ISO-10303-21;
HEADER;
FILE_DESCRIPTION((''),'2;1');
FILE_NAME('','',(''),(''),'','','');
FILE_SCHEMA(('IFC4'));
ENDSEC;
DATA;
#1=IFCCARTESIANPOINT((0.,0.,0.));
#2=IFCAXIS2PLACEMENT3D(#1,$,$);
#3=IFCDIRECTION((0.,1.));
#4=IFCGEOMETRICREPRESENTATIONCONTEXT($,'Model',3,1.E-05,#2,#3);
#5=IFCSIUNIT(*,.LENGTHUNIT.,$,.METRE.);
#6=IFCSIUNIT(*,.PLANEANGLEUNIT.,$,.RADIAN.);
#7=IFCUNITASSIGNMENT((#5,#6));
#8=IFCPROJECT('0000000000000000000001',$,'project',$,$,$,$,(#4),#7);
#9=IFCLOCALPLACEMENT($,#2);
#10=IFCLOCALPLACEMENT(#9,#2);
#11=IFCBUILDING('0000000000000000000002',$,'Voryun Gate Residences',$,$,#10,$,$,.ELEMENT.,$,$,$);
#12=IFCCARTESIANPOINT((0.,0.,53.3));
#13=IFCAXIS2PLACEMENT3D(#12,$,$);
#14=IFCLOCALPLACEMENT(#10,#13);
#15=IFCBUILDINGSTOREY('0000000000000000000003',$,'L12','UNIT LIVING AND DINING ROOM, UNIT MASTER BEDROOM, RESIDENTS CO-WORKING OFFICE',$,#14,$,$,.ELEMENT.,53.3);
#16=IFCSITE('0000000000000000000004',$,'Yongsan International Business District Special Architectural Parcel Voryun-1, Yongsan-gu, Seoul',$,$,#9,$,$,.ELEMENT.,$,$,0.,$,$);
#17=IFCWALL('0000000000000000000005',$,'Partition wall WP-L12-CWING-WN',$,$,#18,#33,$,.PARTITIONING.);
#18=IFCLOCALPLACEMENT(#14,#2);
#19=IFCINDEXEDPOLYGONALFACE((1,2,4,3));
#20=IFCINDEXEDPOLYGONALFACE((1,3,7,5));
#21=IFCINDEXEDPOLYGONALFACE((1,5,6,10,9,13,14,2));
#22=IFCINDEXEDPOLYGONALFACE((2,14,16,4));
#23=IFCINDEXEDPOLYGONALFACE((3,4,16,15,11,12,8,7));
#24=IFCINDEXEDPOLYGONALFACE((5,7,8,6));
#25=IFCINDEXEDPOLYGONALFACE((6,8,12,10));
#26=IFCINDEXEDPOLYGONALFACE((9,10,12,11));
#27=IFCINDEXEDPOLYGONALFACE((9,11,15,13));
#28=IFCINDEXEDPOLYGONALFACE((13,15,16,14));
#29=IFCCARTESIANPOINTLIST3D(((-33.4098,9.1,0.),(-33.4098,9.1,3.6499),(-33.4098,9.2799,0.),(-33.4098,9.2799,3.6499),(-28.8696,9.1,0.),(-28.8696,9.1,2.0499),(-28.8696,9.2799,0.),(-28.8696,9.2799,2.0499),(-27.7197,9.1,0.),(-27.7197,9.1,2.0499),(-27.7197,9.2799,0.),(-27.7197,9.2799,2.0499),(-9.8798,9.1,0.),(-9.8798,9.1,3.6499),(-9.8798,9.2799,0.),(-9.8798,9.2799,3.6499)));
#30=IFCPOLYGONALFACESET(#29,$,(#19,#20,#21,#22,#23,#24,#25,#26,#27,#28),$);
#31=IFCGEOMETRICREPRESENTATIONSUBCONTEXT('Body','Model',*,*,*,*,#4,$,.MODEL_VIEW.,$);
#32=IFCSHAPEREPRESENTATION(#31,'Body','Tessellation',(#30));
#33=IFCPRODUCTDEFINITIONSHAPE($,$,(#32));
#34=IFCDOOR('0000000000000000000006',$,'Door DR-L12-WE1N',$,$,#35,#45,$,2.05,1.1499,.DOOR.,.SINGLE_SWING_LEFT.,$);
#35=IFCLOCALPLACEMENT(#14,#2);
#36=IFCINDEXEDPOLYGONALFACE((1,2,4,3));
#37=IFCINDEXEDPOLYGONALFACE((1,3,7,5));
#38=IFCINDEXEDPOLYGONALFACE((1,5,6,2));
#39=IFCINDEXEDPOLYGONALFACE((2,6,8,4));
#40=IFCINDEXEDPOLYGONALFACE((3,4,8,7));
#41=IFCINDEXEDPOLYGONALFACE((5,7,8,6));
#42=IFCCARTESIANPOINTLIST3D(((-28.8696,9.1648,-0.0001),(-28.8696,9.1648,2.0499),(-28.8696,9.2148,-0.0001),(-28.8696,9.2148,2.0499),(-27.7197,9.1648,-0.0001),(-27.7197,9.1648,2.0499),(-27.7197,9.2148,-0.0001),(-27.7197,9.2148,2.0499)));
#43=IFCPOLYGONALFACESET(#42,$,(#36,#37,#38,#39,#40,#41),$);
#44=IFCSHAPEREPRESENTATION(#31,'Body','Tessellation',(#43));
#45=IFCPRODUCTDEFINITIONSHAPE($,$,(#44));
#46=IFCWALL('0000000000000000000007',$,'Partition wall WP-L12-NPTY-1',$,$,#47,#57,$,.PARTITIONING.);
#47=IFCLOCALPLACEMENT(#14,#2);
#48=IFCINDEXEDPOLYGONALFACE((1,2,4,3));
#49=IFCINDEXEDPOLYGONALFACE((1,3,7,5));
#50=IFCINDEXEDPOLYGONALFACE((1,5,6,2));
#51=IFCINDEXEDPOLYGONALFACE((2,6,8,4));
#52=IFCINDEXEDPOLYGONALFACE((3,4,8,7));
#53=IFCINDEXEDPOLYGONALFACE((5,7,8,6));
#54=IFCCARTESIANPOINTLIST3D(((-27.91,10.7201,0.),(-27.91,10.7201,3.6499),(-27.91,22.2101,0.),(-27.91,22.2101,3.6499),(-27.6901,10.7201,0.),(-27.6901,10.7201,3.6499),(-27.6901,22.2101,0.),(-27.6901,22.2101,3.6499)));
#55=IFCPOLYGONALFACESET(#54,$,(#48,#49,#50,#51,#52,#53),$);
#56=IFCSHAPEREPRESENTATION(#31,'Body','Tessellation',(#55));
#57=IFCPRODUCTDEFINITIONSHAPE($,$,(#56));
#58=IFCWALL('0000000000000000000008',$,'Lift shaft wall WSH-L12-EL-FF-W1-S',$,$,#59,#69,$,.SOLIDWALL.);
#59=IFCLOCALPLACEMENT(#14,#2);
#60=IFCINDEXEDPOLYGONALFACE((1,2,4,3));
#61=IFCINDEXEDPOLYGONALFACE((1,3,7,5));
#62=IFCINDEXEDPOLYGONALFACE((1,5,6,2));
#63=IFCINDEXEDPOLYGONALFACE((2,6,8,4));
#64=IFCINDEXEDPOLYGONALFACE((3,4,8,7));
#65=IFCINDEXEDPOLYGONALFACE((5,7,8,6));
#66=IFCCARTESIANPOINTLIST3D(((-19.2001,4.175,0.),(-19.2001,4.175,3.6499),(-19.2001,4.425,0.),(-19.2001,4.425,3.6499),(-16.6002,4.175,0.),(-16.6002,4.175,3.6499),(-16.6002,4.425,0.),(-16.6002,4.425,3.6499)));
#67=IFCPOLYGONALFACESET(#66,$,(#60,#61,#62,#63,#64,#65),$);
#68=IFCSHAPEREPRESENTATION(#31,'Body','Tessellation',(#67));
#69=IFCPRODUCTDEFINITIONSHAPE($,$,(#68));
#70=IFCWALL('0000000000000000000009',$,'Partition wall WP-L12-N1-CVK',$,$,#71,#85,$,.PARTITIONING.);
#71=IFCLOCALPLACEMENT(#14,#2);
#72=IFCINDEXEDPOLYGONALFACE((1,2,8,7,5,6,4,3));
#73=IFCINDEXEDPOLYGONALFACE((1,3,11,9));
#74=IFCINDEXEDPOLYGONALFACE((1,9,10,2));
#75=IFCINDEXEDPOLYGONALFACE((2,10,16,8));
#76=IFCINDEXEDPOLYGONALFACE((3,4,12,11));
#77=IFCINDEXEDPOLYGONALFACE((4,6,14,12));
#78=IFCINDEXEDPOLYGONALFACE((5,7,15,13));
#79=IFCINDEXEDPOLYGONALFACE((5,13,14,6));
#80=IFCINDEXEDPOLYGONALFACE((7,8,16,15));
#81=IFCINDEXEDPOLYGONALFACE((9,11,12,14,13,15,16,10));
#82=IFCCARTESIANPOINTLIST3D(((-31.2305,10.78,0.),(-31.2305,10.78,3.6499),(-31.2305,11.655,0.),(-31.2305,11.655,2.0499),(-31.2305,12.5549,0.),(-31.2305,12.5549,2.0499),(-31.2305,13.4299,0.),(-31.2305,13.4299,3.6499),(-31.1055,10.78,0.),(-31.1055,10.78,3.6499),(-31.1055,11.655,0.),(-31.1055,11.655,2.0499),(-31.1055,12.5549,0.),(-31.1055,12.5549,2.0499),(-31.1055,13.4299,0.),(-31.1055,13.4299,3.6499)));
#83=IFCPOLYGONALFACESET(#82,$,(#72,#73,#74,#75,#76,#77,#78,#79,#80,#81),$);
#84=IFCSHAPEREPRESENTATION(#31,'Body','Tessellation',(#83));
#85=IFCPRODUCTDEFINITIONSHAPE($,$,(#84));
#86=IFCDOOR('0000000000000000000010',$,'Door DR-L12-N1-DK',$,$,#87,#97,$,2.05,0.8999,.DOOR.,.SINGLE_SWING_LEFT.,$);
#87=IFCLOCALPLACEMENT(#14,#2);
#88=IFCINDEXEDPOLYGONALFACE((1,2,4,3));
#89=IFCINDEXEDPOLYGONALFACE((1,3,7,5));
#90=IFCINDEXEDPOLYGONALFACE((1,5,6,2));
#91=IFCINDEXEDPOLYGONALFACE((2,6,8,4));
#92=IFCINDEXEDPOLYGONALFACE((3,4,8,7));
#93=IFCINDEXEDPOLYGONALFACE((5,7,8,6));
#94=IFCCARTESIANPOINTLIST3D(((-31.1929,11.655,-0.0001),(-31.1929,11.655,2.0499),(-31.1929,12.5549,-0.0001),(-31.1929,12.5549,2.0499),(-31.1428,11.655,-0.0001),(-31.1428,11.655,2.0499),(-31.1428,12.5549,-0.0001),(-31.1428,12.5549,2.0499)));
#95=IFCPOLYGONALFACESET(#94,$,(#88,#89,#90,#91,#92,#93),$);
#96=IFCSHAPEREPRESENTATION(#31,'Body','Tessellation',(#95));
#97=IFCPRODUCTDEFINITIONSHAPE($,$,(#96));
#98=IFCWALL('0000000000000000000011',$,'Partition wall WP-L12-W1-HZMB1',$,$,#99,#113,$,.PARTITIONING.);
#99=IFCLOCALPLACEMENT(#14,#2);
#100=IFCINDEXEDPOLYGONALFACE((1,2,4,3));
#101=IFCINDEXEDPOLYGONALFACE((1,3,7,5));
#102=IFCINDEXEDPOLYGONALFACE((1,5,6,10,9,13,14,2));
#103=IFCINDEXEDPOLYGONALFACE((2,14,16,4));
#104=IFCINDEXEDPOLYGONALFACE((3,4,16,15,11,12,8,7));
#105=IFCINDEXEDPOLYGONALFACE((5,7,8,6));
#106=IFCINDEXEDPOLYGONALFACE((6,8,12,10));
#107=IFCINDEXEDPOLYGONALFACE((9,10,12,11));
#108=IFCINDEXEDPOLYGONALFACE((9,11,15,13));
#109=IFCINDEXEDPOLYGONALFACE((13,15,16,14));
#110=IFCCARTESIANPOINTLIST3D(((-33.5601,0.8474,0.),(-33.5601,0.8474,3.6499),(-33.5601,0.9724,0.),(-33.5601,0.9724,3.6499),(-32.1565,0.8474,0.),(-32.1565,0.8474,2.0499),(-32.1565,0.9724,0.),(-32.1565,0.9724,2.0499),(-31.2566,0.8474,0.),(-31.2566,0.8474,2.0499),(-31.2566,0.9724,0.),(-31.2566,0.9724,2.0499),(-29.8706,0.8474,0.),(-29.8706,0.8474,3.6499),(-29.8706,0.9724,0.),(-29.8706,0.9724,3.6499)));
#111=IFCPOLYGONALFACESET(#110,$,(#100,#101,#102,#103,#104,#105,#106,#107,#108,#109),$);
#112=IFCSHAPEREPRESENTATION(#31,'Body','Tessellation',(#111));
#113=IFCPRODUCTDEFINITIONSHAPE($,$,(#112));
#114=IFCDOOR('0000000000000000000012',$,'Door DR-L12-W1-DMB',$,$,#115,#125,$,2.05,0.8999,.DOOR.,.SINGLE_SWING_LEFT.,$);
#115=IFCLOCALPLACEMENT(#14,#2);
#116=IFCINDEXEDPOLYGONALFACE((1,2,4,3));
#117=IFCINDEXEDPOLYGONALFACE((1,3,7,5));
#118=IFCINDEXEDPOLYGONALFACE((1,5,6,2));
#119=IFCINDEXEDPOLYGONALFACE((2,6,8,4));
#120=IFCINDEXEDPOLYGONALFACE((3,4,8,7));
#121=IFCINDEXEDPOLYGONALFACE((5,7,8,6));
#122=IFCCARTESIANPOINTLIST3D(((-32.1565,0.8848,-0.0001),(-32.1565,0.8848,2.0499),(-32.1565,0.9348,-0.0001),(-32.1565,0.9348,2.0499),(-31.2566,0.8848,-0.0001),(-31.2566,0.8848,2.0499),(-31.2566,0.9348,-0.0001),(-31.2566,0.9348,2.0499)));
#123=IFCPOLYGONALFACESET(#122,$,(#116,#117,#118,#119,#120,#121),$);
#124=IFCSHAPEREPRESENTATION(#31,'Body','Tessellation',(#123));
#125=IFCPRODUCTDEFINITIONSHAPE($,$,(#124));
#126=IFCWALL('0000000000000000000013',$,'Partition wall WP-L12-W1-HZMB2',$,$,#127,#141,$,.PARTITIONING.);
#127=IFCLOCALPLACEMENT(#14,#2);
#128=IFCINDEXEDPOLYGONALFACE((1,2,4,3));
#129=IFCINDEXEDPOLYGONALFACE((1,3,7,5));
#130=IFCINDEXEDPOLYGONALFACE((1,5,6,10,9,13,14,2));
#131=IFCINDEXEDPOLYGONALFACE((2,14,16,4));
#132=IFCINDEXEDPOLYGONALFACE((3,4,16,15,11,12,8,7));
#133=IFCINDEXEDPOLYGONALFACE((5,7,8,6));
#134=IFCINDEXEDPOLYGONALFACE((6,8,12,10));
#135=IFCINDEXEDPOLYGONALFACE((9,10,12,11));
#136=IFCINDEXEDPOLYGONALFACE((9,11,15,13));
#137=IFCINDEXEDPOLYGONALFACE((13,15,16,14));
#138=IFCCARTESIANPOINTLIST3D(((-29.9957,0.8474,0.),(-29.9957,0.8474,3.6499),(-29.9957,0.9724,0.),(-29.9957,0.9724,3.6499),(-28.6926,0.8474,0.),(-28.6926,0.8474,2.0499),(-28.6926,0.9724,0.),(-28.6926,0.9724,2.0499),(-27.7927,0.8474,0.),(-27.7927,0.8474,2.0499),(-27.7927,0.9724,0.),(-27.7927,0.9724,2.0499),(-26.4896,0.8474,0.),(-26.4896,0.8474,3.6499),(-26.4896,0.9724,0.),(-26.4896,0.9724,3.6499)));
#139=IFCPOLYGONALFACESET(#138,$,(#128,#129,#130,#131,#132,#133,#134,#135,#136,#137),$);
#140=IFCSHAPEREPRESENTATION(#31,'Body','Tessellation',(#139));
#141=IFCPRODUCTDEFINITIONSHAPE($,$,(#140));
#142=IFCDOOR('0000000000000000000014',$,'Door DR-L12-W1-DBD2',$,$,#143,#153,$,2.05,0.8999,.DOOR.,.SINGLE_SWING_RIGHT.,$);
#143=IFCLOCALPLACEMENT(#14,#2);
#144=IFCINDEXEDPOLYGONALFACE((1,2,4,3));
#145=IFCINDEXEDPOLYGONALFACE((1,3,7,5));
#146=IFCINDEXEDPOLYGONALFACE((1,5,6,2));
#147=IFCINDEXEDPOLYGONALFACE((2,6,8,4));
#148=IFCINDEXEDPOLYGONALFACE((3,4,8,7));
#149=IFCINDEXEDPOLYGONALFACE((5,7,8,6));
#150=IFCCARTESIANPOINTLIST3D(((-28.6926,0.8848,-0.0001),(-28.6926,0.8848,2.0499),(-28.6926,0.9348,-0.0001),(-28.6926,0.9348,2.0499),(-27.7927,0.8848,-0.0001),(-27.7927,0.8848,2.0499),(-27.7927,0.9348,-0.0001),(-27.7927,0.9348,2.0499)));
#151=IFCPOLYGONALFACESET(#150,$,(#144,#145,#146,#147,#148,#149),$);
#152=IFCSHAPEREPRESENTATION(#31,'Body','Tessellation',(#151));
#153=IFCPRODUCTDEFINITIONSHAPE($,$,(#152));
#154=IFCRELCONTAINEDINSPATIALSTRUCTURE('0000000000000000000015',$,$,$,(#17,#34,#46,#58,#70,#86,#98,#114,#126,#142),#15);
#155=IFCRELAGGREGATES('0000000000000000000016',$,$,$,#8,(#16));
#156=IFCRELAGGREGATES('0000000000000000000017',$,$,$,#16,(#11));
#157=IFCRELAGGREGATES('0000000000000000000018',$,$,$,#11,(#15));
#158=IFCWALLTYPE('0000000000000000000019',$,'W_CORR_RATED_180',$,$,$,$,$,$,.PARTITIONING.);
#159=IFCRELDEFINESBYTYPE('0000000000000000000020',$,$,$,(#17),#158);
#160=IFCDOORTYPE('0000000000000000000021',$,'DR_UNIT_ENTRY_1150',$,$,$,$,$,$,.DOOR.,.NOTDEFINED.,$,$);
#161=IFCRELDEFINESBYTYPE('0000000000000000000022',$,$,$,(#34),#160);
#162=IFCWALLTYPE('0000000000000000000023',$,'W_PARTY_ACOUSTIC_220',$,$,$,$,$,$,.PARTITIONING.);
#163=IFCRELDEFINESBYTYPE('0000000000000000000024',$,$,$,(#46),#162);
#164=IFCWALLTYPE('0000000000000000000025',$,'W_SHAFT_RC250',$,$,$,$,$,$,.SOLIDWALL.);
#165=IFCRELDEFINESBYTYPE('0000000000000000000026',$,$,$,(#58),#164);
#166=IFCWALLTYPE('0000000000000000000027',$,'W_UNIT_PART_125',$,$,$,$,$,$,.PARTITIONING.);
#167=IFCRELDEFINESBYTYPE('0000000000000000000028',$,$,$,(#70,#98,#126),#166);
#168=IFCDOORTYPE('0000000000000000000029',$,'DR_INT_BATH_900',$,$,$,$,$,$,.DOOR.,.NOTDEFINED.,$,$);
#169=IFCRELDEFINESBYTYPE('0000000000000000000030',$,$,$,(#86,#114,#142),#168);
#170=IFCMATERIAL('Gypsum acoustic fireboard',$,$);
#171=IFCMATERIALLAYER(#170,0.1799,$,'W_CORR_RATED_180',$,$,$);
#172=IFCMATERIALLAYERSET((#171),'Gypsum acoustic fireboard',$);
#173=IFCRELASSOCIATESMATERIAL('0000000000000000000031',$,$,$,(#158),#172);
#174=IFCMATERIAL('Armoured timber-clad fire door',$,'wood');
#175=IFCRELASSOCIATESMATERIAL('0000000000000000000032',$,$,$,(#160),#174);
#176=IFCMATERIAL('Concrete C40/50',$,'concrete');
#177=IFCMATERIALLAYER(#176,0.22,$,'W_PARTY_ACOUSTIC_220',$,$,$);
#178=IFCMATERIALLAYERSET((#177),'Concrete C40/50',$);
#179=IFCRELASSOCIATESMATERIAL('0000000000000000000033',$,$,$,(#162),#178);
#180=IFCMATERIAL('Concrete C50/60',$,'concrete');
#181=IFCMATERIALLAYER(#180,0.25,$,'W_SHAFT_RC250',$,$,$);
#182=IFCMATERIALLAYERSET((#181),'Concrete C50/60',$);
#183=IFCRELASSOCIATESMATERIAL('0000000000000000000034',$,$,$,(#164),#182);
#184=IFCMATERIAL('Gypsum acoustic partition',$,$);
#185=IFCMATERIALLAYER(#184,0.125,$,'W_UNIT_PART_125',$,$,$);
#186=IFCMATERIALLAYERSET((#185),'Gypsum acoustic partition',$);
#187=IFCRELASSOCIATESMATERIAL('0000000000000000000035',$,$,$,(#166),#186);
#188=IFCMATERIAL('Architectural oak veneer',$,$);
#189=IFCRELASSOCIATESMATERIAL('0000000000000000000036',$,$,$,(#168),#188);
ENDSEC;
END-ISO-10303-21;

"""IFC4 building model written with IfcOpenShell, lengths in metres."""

from ifc_helpers import new_model, si_unit, direction, frame, frame_2d, origin, place, context, subcontext, project, spatial, rectangle, extrude, material, layer, layer_set, type_object, element, fill, save


model = new_model("IFC4")

# Units and contexts
model_context = context("Model", 3, precision=1e-05, world=origin(), true_north=direction((0.0, 1.0)))
body_context = subcontext(model_context, "Body", "Model", "MODEL_VIEW")
ifc_project = project(units=[si_unit("LENGTHUNIT", "METRE"), si_unit("PLANEANGLEUNIT", "RADIAN")], contexts=[model_context])

# Site, building, storey
site_placement = place(None, origin())
site = spatial("IfcSite", under=ifc_project, at=site_placement, Name="Yongsan International Business District Special Architectural Parcel Voryun-1, Yongsan-gu, Seoul", CompositionType="ELEMENT", RefElevation=0.0)
building_placement = place(site_placement, origin())
building = spatial("IfcBuilding", under=site, at=building_placement, Name="Voryun Gate Residences", CompositionType="ELEMENT")
storey_placement = place(building_placement, frame((0.0, 0.0, 53.3)))
storey = spatial("IfcBuildingStorey", under=building, at=storey_placement, Name="L12", Description="UNIT LIVING AND DINING ROOM, UNIT MASTER BEDROOM, RESIDENTS CO-WORKING OFFICE", CompositionType="ELEMENT", Elevation=53.3)

# Wall, opening, door
ifc_material_1 = material(Name="Gypsum acoustic fireboard")
ifc_layer_1 = layer(ifc_material_1, 0.1799, Name="W_CORR_RATED_180")
ifc_layer_set_1 = layer_set([ifc_layer_1], Name="Gypsum acoustic fireboard")
wall_type_1 = type_object("IfcWallType", Name="W_CORR_RATED_180", PredefinedType="PARTITIONING", material=ifc_layer_set_1)
wall_1_placement = place(storey_placement, frame((-33.4099, 9.1899, 0.0), z_axis=(0.0, 0.0, 1.0), x_axis=(1.0, 0.0, 0.0)))
wall_1 = element("IfcWall", 1, at=wall_1_placement, inside=storey, type_object=wall_type_1, Name="Partition wall WP-L12-CWING-WN", PredefinedType="PARTITIONING", context=body_context, shape_type="SweptSolid", body=[
    extrude(rectangle(XDim=23.53, YDim=0.1799, at=frame_2d((11.7651, 0.0))), origin(), (0.0, 0.0, 1.0), 3.6499),
])
opening_1_placement = place(wall_1_placement, frame((4.5403, 0.0, 0.0)))
opening_1 = element("IfcOpeningElement", 2, at=opening_1_placement, cuts=wall_1, PredefinedType="OPENING", context=body_context, shape_type="SweptSolid", body=[
    extrude(rectangle(XDim=1.1499, YDim=2.05, at=frame_2d((0.575, 1.0249))), frame((0.0, 0.0999, 0.0), z_axis=(0.0, -1.0, 0.0), x_axis=(1.0, 0.0, 0.0)), (0.0, 0.0, 1.0), 0.2),
])
ifc_material_2 = material(Name="Armoured timber-clad fire door", Category="wood")
door_type_1 = type_object("IfcDoorType", Name="DR_UNIT_ENTRY_1150", OperationType="NOTDEFINED", PredefinedType="DOOR", material=ifc_material_2)
door_1_placement = place(opening_1_placement, origin())
door_1 = element("IfcDoor", 3, at=door_1_placement, inside=storey, type_object=door_type_1, Name="Door DR-L12-WE1N", OperationType="SINGLE_SWING_LEFT", OverallHeight=2.05, OverallWidth=1.1499, PredefinedType="DOOR", context=body_context, shape_type="SweptSolid", body=[
    extrude(rectangle(XDim=1.1499, YDim=2.05, at=frame_2d((0.575, 1.0249))), frame((0.0, 0.0249, 0.0), z_axis=(0.0, -1.0, 0.0), x_axis=(1.0, 0.0, 0.0)), (0.0, 0.0, 1.0), 0.05),
])
fill(opening_1, door_1)

# Walls
ifc_material_3 = material(Name="Concrete C40/50", Category="concrete")
ifc_layer_2 = layer(ifc_material_3, 0.22, Name="W_PARTY_ACOUSTIC_220")
ifc_layer_set_2 = layer_set([ifc_layer_2], Name="Concrete C40/50")
wall_type_2 = type_object("IfcWallType", Name="W_PARTY_ACOUSTIC_220", PredefinedType="PARTITIONING", material=ifc_layer_set_2)
wall_2_placement = place(storey_placement, frame((-27.8, 10.72, 0.0), z_axis=(0.0, 0.0, 1.0), x_axis=(0.0, 1.0, 0.0)))
element("IfcWall", 4, at=wall_2_placement, inside=storey, type_object=wall_type_2, Name="Partition wall WP-L12-NPTY-1", PredefinedType="PARTITIONING", context=body_context, shape_type="SweptSolid", body=[
    extrude(rectangle(XDim=11.49, YDim=0.22, at=frame_2d((5.7451, 0.0))), origin(), (0.0, 0.0, 1.0), 3.6499),
])
ifc_material_4 = material(Name="Concrete C50/60", Category="concrete")
ifc_layer_3 = layer(ifc_material_4, 0.25, Name="W_SHAFT_RC250")
ifc_layer_set_3 = layer_set([ifc_layer_3], Name="Concrete C50/60")
wall_type_3 = type_object("IfcWallType", Name="W_SHAFT_RC250", PredefinedType="SOLIDWALL", material=ifc_layer_set_3)
wall_3_placement = place(storey_placement, frame((-19.2, 4.3, 0.0), z_axis=(0.0, 0.0, 1.0), x_axis=(1.0, 0.0, 0.0)))
element("IfcWall", 5, at=wall_3_placement, inside=storey, type_object=wall_type_3, Name="Lift shaft wall WSH-L12-EL-FF-W1-S", PredefinedType="SOLIDWALL", context=body_context, shape_type="SweptSolid", body=[
    extrude(rectangle(XDim=2.5999, YDim=0.25, at=frame_2d((1.2998, 0.0))), origin(), (0.0, 0.0, 1.0), 3.6499),
])

# Walls, openings, doors
ifc_material_5 = material(Name="Gypsum acoustic partition")
ifc_layer_4 = layer(ifc_material_5, 0.125, Name="W_UNIT_PART_125")
ifc_layer_set_4 = layer_set([ifc_layer_4], Name="Gypsum acoustic partition")
wall_type_4 = type_object("IfcWallType", Name="W_UNIT_PART_125", PredefinedType="PARTITIONING", material=ifc_layer_set_4)
wall_4_placement = place(storey_placement, frame((-31.168, 10.78, 0.0), z_axis=(0.0, 0.0, 1.0), x_axis=(0.0, 1.0, 0.0)))
wall_4 = element("IfcWall", 6, at=wall_4_placement, inside=storey, type_object=wall_type_4, Name="Partition wall WP-L12-N1-CVK", PredefinedType="PARTITIONING", context=body_context, shape_type="SweptSolid", body=[
    extrude(rectangle(XDim=2.6499, YDim=0.125, at=frame_2d((1.325, 0.0))), origin(), (0.0, 0.0, 1.0), 3.6499),
])
opening_2_placement = place(wall_4_placement, frame((0.875, 0.0, 0.0)))
opening_2 = element("IfcOpeningElement", 7, at=opening_2_placement, cuts=wall_4, PredefinedType="OPENING", context=body_context, shape_type="SweptSolid", body=[
    extrude(rectangle(XDim=0.8999, YDim=2.05, at=frame_2d((0.45, 1.0249))), frame((0.0, 0.0725, 0.0), z_axis=(0.0, -1.0, 0.0), x_axis=(1.0, 0.0, 0.0)), (0.0, 0.0, 1.0), 0.145),
])
ifc_material_6 = material(Name="Architectural oak veneer")
door_type_2 = type_object("IfcDoorType", Name="DR_INT_BATH_900", OperationType="NOTDEFINED", PredefinedType="DOOR", material=ifc_material_6)
door_2_placement = place(opening_2_placement, origin())
door_2 = element("IfcDoor", 8, at=door_2_placement, inside=storey, type_object=door_type_2, Name="Door DR-L12-N1-DK", OperationType="SINGLE_SWING_LEFT", OverallHeight=2.05, OverallWidth=0.8999, PredefinedType="DOOR", context=body_context, shape_type="SweptSolid", body=[
    extrude(rectangle(XDim=0.8999, YDim=2.05, at=frame_2d((0.45, 1.0249))), frame((0.0, 0.0249, 0.0), z_axis=(0.0, -1.0, 0.0), x_axis=(1.0, 0.0, 0.0)), (0.0, 0.0, 1.0), 0.05),
])
fill(opening_2, door_2)
wall_5_placement = place(storey_placement, frame((-33.5601, 0.9099, 0.0), z_axis=(0.0, 0.0, 1.0), x_axis=(1.0, 0.0, 0.0)))
wall_5 = element("IfcWall", 9, at=wall_5_placement, inside=storey, type_object=wall_type_4, Name="Partition wall WP-L12-W1-HZMB1", PredefinedType="PARTITIONING", context=body_context, shape_type="SweptSolid", body=[
    extrude(rectangle(XDim=3.6895, YDim=0.125, at=frame_2d((1.8447, 0.0))), origin(), (0.0, 0.0, 1.0), 3.6499),
])
opening_3_placement = place(wall_5_placement, frame((1.4036, 0.0, 0.0)))
opening_3 = element("IfcOpeningElement", 10, at=opening_3_placement, cuts=wall_5, PredefinedType="OPENING", context=body_context, shape_type="SweptSolid", body=[
    extrude(rectangle(XDim=0.8999, YDim=2.05, at=frame_2d((0.45, 1.0249))), frame((0.0, 0.0725, 0.0), z_axis=(0.0, -1.0, 0.0), x_axis=(1.0, 0.0, 0.0)), (0.0, 0.0, 1.0), 0.145),
])
door_3_placement = place(opening_3_placement, origin())
door_3 = element("IfcDoor", 11, at=door_3_placement, inside=storey, type_object=door_type_2, Name="Door DR-L12-W1-DMB", OperationType="SINGLE_SWING_LEFT", OverallHeight=2.05, OverallWidth=0.8999, PredefinedType="DOOR", context=body_context, shape_type="SweptSolid", body=[
    extrude(rectangle(XDim=0.8999, YDim=2.05, at=frame_2d((0.45, 1.0249))), frame((0.0, 0.0249, 0.0), z_axis=(0.0, -1.0, 0.0), x_axis=(1.0, 0.0, 0.0)), (0.0, 0.0, 1.0), 0.05),
])
fill(opening_3, door_3)
wall_6_placement = place(storey_placement, frame((-29.9956, 0.9099, 0.0), z_axis=(0.0, 0.0, 1.0), x_axis=(1.0, 0.0, 0.0)))
wall_6 = element("IfcWall", 12, at=wall_6_placement, inside=storey, type_object=wall_type_4, Name="Partition wall WP-L12-W1-HZMB2", PredefinedType="PARTITIONING", context=body_context, shape_type="SweptSolid", body=[
    extrude(rectangle(XDim=3.5061, YDim=0.125, at=frame_2d((1.7529, 0.0))), origin(), (0.0, 0.0, 1.0), 3.6499),
])
opening_4_placement = place(wall_6_placement, frame((1.303, 0.0, 0.0)))
opening_4 = element("IfcOpeningElement", 13, at=opening_4_placement, cuts=wall_6, PredefinedType="OPENING", context=body_context, shape_type="SweptSolid", body=[
    extrude(rectangle(XDim=0.8999, YDim=2.05, at=frame_2d((0.45, 1.0249))), frame((0.0, 0.0725, 0.0), z_axis=(0.0, -1.0, 0.0), x_axis=(1.0, 0.0, 0.0)), (0.0, 0.0, 1.0), 0.145),
])
door_4_placement = place(opening_4_placement, origin())
door_4 = element("IfcDoor", 14, at=door_4_placement, inside=storey, type_object=door_type_2, Name="Door DR-L12-W1-DBD2", OperationType="SINGLE_SWING_RIGHT", OverallHeight=2.05, OverallWidth=0.8999, PredefinedType="DOOR", context=body_context, shape_type="SweptSolid", body=[
    extrude(rectangle(XDim=0.8999, YDim=2.05, at=frame_2d((0.45, 1.0249))), frame((0.0, 0.0249, 0.0), z_axis=(0.0, -1.0, 0.0), x_axis=(1.0, 0.0, 0.0)), (0.0, 0.0, 1.0), 0.05),
])
fill(opening_4, door_4)

save(model, "model.ifc")
